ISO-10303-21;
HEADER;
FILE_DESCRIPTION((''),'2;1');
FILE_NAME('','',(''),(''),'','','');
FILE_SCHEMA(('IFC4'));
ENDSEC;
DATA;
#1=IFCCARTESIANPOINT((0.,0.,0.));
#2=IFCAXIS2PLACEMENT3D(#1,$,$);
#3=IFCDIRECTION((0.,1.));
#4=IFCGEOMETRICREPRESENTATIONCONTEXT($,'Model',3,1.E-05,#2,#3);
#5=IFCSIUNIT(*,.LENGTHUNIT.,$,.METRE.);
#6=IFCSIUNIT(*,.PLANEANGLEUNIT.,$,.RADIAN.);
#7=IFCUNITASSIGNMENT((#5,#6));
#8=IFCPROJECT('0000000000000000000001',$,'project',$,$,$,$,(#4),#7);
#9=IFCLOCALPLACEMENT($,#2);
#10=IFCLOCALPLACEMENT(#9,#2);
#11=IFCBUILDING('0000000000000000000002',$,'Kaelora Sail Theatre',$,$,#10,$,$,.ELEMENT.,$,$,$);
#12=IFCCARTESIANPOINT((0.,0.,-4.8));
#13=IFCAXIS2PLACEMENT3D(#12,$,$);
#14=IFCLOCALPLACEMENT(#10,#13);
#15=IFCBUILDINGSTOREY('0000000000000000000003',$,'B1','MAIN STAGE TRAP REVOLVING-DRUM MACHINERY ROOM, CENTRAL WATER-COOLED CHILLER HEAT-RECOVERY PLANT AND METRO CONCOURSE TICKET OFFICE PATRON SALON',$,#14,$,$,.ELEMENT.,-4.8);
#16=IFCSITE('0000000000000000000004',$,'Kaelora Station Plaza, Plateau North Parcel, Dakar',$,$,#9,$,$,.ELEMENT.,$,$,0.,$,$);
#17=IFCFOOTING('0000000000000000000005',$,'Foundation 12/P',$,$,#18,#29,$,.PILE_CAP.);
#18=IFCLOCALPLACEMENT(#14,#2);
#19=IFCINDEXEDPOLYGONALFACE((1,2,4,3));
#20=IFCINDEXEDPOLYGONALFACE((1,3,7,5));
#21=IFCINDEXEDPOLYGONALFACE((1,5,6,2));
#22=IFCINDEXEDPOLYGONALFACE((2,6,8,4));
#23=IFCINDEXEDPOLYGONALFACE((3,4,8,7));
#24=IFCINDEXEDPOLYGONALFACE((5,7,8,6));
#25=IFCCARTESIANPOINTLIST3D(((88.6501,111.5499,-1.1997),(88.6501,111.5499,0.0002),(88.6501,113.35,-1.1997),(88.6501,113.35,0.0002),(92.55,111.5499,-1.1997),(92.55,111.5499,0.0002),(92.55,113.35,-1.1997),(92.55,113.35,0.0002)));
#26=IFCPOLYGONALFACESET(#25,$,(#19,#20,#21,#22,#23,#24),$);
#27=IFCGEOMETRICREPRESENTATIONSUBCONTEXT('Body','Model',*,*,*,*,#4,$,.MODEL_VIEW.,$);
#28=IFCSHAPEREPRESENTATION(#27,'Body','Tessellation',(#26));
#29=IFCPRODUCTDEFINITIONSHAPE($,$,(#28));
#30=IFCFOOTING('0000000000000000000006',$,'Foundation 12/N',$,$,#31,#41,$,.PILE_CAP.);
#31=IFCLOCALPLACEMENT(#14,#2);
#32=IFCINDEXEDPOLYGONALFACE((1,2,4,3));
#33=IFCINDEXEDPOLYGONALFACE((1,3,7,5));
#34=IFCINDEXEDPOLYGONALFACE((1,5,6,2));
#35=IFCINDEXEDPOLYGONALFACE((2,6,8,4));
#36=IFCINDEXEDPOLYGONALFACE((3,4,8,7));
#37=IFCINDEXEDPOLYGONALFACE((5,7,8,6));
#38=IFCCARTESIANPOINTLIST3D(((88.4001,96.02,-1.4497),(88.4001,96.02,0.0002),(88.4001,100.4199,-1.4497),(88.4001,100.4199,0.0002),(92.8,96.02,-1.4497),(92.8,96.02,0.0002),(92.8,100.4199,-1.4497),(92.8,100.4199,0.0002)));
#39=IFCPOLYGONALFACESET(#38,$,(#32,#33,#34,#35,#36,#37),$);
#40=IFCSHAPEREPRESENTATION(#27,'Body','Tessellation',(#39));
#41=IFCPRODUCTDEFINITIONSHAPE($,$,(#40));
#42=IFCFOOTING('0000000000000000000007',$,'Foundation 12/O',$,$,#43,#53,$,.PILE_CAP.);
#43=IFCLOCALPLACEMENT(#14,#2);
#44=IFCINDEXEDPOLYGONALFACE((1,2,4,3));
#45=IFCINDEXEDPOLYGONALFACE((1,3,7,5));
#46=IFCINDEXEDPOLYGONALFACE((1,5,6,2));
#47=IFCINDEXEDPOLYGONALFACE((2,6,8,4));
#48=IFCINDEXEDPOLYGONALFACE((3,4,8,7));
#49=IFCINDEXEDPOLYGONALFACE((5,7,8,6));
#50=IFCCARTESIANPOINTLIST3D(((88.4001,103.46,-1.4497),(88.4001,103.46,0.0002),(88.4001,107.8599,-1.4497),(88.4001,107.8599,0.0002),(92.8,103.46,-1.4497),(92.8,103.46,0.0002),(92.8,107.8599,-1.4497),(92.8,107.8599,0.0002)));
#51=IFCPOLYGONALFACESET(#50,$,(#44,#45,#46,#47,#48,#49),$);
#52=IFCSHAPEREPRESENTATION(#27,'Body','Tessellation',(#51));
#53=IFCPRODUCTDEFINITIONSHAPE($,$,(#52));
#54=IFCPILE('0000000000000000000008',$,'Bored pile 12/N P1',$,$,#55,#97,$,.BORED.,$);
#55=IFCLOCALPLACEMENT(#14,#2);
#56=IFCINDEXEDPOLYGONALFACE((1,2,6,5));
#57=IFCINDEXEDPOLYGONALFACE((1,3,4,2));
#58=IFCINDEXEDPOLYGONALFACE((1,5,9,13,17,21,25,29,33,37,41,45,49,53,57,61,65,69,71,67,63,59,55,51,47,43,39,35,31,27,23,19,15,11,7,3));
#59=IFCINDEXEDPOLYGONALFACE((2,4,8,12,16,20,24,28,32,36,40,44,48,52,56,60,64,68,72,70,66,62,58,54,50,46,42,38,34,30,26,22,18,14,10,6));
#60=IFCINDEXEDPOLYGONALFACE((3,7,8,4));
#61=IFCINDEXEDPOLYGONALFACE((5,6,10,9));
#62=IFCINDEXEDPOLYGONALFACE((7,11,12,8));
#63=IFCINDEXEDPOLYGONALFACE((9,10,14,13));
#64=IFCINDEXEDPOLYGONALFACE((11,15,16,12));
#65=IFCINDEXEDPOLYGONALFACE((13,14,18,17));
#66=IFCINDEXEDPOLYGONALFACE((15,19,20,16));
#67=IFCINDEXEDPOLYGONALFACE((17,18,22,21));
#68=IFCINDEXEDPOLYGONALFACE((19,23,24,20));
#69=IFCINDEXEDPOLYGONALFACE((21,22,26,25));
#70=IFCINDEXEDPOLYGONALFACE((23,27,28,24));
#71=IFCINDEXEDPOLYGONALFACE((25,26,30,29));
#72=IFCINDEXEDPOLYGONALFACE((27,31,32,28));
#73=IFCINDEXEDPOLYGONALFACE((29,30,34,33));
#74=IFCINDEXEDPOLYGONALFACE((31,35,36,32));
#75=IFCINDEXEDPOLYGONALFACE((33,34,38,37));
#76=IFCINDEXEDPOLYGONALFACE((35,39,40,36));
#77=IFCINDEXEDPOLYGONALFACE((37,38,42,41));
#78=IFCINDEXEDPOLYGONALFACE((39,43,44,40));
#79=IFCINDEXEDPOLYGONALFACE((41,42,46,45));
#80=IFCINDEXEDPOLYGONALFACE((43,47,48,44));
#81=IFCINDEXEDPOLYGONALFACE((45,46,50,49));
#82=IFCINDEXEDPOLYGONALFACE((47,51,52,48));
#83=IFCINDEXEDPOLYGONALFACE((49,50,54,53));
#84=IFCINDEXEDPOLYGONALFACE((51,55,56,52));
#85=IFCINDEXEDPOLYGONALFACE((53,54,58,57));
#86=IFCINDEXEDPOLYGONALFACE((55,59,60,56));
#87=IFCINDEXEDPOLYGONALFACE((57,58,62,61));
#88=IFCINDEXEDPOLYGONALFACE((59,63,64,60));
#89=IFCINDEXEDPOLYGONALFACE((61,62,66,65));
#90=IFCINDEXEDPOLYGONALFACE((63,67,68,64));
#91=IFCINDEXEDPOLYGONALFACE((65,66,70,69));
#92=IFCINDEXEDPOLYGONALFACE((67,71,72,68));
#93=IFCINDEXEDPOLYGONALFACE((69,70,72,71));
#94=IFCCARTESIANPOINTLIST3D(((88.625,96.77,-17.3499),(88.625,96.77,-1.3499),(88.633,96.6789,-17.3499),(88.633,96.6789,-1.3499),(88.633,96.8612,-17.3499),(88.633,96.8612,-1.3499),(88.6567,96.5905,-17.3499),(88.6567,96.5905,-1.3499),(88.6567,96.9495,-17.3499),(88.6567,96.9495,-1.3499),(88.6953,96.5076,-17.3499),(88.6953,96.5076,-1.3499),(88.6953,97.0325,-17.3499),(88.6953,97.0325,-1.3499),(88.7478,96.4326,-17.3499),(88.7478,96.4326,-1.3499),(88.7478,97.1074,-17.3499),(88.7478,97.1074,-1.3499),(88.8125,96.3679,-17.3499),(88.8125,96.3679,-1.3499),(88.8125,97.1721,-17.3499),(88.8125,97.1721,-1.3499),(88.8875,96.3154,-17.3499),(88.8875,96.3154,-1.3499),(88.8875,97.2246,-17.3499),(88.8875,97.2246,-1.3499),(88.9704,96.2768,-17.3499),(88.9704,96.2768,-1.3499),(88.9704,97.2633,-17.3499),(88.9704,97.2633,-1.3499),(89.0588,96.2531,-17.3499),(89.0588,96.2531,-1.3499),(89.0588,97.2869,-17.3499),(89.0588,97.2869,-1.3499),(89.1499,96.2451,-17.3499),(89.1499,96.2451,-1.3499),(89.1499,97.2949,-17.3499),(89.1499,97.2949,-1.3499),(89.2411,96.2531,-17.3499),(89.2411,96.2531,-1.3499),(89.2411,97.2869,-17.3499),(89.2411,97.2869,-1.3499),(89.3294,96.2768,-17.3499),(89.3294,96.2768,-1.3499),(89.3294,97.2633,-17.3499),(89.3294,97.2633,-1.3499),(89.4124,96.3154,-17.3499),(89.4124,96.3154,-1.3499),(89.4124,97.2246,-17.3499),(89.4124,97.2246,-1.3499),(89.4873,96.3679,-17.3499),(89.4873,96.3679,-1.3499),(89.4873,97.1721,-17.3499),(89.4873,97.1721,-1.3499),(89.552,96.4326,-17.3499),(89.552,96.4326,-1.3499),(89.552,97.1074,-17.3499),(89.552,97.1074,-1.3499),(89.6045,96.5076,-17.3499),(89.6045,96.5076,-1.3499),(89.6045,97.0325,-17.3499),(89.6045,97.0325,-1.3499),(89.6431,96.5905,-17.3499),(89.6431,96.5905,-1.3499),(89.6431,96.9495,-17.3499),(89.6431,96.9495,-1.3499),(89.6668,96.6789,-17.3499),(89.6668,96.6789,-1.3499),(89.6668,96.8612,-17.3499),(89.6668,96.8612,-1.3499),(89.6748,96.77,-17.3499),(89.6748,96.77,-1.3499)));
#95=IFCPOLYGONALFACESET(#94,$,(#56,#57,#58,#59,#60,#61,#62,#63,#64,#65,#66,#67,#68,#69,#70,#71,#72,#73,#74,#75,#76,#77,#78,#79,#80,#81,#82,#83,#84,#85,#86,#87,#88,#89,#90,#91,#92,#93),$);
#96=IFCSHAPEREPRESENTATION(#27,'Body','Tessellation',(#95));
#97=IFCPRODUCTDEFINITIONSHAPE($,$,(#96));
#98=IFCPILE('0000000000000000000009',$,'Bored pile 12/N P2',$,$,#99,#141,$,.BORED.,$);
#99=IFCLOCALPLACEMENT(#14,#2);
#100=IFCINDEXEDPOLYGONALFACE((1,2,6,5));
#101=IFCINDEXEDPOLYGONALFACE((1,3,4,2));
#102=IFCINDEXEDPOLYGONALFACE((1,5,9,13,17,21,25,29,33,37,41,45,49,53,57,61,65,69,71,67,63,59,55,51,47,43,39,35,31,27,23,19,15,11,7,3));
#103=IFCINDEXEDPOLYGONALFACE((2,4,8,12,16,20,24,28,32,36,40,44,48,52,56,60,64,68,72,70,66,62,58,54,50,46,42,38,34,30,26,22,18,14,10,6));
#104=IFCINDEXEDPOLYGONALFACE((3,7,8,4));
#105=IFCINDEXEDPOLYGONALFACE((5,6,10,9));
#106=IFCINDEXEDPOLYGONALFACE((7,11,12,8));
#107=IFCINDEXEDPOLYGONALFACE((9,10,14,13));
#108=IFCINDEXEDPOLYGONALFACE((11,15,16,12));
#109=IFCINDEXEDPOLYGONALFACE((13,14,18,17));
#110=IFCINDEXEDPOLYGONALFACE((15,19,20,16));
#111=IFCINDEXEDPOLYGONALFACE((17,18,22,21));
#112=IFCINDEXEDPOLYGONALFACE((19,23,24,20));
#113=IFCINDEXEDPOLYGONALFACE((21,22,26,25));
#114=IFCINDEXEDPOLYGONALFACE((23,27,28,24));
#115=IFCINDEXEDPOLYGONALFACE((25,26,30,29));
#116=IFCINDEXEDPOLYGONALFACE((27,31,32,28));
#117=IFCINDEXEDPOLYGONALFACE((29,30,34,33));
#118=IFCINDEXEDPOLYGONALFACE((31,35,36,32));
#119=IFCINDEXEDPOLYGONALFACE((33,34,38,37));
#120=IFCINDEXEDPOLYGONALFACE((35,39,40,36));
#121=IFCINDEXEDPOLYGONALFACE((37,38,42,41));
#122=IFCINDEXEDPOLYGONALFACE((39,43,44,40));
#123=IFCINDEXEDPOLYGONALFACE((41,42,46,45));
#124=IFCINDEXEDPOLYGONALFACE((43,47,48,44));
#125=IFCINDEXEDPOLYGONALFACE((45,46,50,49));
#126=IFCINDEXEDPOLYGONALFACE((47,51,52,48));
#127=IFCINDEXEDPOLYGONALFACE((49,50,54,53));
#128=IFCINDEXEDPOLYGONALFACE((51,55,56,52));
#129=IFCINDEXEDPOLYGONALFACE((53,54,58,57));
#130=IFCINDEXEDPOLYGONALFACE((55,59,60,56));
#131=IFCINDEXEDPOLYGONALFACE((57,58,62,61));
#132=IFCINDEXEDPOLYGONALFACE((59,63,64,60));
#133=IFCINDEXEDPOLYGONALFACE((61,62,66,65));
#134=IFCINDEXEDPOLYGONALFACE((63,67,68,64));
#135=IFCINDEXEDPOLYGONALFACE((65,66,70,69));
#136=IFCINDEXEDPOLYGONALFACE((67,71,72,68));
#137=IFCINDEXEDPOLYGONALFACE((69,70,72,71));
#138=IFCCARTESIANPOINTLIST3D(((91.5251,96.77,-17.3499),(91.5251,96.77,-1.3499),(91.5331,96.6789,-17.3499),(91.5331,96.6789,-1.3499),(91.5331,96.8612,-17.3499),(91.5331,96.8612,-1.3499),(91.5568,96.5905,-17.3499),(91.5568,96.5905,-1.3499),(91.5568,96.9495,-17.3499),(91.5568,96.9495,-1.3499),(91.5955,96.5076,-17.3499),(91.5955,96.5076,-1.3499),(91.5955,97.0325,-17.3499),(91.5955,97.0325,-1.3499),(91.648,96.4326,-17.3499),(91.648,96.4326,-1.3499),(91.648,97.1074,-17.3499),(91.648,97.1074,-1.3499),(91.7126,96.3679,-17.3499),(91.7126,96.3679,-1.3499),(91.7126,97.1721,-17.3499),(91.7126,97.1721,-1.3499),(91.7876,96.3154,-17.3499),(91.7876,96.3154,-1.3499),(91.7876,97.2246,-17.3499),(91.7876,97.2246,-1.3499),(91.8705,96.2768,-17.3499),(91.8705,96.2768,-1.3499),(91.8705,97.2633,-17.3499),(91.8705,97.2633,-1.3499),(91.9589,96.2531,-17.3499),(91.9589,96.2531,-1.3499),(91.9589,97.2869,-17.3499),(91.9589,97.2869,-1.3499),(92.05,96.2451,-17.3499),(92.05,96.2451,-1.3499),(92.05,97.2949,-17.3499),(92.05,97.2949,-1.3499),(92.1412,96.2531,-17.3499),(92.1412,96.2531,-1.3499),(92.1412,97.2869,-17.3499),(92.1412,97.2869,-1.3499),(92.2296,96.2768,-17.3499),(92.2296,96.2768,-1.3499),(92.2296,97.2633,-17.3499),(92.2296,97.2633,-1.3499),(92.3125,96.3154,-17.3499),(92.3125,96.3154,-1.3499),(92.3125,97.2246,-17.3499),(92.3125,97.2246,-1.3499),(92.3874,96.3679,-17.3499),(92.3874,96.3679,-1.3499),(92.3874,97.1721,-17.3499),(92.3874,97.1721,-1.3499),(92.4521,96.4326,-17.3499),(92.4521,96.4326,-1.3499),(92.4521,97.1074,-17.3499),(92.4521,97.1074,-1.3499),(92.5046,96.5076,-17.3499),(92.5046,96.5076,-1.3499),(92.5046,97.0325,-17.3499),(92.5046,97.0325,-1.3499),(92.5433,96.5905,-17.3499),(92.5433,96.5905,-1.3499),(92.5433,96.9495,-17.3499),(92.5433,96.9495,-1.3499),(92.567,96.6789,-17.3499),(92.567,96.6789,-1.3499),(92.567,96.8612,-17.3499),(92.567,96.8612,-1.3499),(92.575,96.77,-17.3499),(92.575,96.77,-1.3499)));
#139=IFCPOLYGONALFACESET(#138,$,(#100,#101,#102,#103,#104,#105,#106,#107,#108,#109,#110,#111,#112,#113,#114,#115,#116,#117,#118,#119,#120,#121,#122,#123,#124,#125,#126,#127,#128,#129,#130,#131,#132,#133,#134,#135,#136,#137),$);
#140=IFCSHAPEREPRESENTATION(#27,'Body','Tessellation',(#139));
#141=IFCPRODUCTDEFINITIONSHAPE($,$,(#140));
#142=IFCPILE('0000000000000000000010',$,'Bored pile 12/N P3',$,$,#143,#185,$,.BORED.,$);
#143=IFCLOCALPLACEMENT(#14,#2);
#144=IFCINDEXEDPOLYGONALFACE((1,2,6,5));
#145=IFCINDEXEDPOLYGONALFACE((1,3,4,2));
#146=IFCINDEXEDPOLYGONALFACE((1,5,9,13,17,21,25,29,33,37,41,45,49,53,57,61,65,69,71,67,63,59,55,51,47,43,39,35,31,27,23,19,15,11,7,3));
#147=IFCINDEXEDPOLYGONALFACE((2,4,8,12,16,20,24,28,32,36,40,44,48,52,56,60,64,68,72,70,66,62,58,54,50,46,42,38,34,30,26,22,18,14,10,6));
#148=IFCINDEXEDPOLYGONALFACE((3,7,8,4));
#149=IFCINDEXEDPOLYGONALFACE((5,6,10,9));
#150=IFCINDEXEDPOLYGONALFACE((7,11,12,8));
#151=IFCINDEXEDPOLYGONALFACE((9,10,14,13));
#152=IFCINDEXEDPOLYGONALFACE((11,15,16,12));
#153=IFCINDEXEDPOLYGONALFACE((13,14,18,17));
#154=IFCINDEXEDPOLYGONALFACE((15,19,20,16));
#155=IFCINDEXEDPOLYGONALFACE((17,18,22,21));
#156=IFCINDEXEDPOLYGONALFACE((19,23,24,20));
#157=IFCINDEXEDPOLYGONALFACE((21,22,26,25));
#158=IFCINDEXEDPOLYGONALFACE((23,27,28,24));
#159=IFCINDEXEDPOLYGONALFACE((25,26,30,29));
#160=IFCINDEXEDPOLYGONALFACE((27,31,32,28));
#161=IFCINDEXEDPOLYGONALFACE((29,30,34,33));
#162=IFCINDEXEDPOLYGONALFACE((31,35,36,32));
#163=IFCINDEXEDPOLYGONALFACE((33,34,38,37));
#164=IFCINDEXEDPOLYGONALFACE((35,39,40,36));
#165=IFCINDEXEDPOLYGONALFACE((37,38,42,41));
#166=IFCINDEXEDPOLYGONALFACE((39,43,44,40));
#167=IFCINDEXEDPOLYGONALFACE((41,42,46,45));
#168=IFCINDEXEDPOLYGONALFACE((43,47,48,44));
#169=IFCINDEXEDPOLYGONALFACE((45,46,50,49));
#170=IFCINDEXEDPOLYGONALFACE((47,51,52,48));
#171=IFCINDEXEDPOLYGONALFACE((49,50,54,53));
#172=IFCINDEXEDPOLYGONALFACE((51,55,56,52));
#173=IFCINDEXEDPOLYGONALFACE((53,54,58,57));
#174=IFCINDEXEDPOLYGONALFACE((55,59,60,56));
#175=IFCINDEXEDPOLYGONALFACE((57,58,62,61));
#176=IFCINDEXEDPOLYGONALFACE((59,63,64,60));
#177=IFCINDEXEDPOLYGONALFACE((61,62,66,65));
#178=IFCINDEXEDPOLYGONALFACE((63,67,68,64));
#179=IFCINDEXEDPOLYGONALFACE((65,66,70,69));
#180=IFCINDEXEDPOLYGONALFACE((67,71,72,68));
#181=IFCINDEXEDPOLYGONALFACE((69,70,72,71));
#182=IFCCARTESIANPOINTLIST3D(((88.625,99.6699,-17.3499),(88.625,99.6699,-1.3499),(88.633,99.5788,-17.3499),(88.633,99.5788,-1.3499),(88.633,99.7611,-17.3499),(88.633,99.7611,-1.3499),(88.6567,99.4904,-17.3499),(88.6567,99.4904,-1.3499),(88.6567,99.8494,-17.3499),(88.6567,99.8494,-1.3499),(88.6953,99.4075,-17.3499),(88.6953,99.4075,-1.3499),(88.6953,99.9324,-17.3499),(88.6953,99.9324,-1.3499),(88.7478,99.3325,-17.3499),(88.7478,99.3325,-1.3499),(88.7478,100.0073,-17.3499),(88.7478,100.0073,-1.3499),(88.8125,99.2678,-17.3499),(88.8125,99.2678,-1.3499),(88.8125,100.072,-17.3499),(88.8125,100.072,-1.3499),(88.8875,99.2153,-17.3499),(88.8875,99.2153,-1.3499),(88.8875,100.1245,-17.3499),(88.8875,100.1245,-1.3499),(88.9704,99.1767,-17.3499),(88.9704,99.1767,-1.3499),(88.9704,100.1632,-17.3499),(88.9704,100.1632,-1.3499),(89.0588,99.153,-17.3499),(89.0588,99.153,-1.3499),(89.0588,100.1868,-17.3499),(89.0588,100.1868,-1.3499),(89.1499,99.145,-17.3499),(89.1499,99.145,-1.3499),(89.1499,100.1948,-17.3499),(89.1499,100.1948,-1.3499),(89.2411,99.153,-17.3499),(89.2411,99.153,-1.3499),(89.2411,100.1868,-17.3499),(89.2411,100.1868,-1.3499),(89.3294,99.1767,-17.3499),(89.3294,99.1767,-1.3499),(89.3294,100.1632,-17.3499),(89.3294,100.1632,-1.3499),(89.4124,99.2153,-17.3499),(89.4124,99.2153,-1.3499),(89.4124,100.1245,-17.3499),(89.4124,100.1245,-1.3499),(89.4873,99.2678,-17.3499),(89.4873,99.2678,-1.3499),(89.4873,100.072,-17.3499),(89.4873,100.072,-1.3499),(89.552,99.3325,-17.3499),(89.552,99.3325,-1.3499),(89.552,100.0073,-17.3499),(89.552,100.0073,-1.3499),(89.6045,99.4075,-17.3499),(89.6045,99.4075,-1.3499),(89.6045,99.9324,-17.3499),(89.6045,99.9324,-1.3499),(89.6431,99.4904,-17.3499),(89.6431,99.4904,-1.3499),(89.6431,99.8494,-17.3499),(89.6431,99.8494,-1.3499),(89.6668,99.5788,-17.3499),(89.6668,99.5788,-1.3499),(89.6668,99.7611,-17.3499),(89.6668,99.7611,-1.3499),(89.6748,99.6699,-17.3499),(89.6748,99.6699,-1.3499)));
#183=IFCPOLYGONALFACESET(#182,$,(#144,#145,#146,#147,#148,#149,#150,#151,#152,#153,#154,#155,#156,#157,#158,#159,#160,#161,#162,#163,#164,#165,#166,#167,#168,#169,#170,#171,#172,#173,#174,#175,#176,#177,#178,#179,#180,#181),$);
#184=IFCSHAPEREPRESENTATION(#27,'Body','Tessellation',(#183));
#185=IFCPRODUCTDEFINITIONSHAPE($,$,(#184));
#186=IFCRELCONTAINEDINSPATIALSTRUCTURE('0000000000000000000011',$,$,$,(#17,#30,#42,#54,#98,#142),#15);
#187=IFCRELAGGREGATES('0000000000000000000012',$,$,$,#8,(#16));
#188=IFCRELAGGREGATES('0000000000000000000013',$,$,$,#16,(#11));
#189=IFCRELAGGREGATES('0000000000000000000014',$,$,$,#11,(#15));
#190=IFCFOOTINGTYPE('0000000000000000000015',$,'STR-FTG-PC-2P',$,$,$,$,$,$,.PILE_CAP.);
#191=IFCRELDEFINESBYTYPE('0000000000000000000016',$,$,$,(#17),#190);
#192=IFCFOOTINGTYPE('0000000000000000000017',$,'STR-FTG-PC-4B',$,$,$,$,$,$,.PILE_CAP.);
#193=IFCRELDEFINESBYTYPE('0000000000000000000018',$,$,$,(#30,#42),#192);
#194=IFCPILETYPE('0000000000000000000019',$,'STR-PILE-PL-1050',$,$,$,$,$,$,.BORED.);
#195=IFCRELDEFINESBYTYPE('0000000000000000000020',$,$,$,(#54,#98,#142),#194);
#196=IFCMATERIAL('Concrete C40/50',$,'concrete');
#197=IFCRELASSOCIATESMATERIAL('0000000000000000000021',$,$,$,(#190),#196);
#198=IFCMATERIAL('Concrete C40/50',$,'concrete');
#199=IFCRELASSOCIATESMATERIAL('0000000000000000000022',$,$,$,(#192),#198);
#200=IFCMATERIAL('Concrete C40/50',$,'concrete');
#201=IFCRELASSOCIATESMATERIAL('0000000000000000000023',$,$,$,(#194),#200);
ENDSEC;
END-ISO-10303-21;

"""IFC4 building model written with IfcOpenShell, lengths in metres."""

from ifc_helpers import new_model, si_unit, direction, frame, origin, origin_2d, place, context, subcontext, project, spatial, rectangle, circle, extrude, material, material_profile, profile_set, type_object, element, save


model = new_model("IFC4")

# Units and contexts
model_context = context("Model", 3, precision=1e-05, world=origin(), true_north=direction((0.0, 1.0)))
body_context = subcontext(model_context, "Body", "Model", "MODEL_VIEW")
ifc_project = project(units=[si_unit("LENGTHUNIT", "METRE"), si_unit("PLANEANGLEUNIT", "RADIAN")], contexts=[model_context])

# Site, building, storey
site_placement = place(None, origin())
site = spatial("IfcSite", under=ifc_project, at=site_placement, Name="Kaelora Station Plaza, Plateau North Parcel, Dakar", CompositionType="ELEMENT", RefElevation=0.0)
building_placement = place(site_placement, origin())
building = spatial("IfcBuilding", under=site, at=building_placement, Name="Kaelora Sail Theatre", CompositionType="ELEMENT")
storey_placement = place(building_placement, frame((0.0, 0.0, -4.8)))
storey = spatial("IfcBuildingStorey", under=building, at=storey_placement, Name="B1", Description="MAIN STAGE TRAP REVOLVING-DRUM MACHINERY ROOM, CENTRAL WATER-COOLED CHILLER HEAT-RECOVERY PLANT AND METRO CONCOURSE TICKET OFFICE PATRON SALON", CompositionType="ELEMENT", Elevation=-4.8)

# Footings
ifc_material_1 = material(Name="Concrete C40/50", Category="concrete")
footing_type_1 = type_object("IfcFootingType", Name="STR-FTG-PC-2P", PredefinedType="PILE_CAP", material=ifc_material_1)
footing_placement = place(storey_placement, frame((90.6001, 112.45, -1.1997), z_axis=(0.0, 0.0, 1.0), x_axis=(1.0, 0.0, 0.0)))
element("IfcFooting", 1, at=footing_placement, inside=storey, type_object=footing_type_1, Name="Foundation 12/P", PredefinedType="PILE_CAP", context=body_context, shape_type="SweptSolid", body=[
    extrude(rectangle(XDim=3.8999, YDim=1.8, at=origin_2d()), origin(), (0.0, 0.0, 1.0), 1.2),
])
ifc_material_2 = material(Name="Concrete C40/50", Category="concrete")
footing_type_2 = type_object("IfcFootingType", Name="STR-FTG-PC-4B", PredefinedType="PILE_CAP", material=ifc_material_2)
for number, where, z_axis, x_axis, name in (
    (2, (90.6001, 98.22, -1.4497), (0.0, 0.0, 1.0), (1.0, 0.0, 0.0), "Foundation 12/N"),
    (3, (90.6001, 105.6599, -1.4497), (0.0, 0.0, 1.0), (1.0, 0.0, 0.0), "Foundation 12/O"),
):
    element("IfcFooting", number, at=place(storey_placement, frame(where, z_axis=z_axis, x_axis=x_axis)), inside=storey, type_object=footing_type_2, Name=name, PredefinedType="PILE_CAP", context=body_context, shape_type="SweptSolid", body=[
        extrude(rectangle(XDim=4.3999, YDim=4.3999, at=origin_2d()), origin(), (0.0, 0.0, 1.0), 1.45),
    ])

# Piles
ifc_material_3 = material(Name="Concrete C40/50", Category="concrete")
ifc_material_profile_1 = material_profile(ifc_material_3, circle(Radius=0.5249, at=origin_2d()), Name="PILE D1050")
ifc_profile_set_1 = profile_set([ifc_material_profile_1], Name="Concrete C40/50")
pile_type_1 = type_object("IfcPileType", Name="STR-PILE-PL-1050", PredefinedType="BORED", material=ifc_profile_set_1)
for number, where, z_axis, x_axis, name in (
    (4, (89.1499, 96.77, -1.3499), (0.0, 0.0, -1.0), (1.0, 0.0, 0.0), "Bored pile 12/N P1"),
    (5, (92.05, 96.77, -1.3499), (0.0, 0.0, -1.0), (1.0, 0.0, 0.0), "Bored pile 12/N P2"),
    (6, (89.1499, 99.6699, -1.3499), (0.0, 0.0, -1.0), (1.0, 0.0, 0.0), "Bored pile 12/N P3"),
):
    element("IfcPile", number, at=place(storey_placement, frame(where, z_axis=z_axis, x_axis=x_axis)), inside=storey, type_object=pile_type_1, Name=name, PredefinedType="BORED", context=body_context, shape_type="SweptSolid", body=[
        extrude(circle(Radius=0.5249, at=origin_2d()), origin(), (0.0, 0.0, 1.0), 16.0),
    ])

save(model, "model.ifc")
